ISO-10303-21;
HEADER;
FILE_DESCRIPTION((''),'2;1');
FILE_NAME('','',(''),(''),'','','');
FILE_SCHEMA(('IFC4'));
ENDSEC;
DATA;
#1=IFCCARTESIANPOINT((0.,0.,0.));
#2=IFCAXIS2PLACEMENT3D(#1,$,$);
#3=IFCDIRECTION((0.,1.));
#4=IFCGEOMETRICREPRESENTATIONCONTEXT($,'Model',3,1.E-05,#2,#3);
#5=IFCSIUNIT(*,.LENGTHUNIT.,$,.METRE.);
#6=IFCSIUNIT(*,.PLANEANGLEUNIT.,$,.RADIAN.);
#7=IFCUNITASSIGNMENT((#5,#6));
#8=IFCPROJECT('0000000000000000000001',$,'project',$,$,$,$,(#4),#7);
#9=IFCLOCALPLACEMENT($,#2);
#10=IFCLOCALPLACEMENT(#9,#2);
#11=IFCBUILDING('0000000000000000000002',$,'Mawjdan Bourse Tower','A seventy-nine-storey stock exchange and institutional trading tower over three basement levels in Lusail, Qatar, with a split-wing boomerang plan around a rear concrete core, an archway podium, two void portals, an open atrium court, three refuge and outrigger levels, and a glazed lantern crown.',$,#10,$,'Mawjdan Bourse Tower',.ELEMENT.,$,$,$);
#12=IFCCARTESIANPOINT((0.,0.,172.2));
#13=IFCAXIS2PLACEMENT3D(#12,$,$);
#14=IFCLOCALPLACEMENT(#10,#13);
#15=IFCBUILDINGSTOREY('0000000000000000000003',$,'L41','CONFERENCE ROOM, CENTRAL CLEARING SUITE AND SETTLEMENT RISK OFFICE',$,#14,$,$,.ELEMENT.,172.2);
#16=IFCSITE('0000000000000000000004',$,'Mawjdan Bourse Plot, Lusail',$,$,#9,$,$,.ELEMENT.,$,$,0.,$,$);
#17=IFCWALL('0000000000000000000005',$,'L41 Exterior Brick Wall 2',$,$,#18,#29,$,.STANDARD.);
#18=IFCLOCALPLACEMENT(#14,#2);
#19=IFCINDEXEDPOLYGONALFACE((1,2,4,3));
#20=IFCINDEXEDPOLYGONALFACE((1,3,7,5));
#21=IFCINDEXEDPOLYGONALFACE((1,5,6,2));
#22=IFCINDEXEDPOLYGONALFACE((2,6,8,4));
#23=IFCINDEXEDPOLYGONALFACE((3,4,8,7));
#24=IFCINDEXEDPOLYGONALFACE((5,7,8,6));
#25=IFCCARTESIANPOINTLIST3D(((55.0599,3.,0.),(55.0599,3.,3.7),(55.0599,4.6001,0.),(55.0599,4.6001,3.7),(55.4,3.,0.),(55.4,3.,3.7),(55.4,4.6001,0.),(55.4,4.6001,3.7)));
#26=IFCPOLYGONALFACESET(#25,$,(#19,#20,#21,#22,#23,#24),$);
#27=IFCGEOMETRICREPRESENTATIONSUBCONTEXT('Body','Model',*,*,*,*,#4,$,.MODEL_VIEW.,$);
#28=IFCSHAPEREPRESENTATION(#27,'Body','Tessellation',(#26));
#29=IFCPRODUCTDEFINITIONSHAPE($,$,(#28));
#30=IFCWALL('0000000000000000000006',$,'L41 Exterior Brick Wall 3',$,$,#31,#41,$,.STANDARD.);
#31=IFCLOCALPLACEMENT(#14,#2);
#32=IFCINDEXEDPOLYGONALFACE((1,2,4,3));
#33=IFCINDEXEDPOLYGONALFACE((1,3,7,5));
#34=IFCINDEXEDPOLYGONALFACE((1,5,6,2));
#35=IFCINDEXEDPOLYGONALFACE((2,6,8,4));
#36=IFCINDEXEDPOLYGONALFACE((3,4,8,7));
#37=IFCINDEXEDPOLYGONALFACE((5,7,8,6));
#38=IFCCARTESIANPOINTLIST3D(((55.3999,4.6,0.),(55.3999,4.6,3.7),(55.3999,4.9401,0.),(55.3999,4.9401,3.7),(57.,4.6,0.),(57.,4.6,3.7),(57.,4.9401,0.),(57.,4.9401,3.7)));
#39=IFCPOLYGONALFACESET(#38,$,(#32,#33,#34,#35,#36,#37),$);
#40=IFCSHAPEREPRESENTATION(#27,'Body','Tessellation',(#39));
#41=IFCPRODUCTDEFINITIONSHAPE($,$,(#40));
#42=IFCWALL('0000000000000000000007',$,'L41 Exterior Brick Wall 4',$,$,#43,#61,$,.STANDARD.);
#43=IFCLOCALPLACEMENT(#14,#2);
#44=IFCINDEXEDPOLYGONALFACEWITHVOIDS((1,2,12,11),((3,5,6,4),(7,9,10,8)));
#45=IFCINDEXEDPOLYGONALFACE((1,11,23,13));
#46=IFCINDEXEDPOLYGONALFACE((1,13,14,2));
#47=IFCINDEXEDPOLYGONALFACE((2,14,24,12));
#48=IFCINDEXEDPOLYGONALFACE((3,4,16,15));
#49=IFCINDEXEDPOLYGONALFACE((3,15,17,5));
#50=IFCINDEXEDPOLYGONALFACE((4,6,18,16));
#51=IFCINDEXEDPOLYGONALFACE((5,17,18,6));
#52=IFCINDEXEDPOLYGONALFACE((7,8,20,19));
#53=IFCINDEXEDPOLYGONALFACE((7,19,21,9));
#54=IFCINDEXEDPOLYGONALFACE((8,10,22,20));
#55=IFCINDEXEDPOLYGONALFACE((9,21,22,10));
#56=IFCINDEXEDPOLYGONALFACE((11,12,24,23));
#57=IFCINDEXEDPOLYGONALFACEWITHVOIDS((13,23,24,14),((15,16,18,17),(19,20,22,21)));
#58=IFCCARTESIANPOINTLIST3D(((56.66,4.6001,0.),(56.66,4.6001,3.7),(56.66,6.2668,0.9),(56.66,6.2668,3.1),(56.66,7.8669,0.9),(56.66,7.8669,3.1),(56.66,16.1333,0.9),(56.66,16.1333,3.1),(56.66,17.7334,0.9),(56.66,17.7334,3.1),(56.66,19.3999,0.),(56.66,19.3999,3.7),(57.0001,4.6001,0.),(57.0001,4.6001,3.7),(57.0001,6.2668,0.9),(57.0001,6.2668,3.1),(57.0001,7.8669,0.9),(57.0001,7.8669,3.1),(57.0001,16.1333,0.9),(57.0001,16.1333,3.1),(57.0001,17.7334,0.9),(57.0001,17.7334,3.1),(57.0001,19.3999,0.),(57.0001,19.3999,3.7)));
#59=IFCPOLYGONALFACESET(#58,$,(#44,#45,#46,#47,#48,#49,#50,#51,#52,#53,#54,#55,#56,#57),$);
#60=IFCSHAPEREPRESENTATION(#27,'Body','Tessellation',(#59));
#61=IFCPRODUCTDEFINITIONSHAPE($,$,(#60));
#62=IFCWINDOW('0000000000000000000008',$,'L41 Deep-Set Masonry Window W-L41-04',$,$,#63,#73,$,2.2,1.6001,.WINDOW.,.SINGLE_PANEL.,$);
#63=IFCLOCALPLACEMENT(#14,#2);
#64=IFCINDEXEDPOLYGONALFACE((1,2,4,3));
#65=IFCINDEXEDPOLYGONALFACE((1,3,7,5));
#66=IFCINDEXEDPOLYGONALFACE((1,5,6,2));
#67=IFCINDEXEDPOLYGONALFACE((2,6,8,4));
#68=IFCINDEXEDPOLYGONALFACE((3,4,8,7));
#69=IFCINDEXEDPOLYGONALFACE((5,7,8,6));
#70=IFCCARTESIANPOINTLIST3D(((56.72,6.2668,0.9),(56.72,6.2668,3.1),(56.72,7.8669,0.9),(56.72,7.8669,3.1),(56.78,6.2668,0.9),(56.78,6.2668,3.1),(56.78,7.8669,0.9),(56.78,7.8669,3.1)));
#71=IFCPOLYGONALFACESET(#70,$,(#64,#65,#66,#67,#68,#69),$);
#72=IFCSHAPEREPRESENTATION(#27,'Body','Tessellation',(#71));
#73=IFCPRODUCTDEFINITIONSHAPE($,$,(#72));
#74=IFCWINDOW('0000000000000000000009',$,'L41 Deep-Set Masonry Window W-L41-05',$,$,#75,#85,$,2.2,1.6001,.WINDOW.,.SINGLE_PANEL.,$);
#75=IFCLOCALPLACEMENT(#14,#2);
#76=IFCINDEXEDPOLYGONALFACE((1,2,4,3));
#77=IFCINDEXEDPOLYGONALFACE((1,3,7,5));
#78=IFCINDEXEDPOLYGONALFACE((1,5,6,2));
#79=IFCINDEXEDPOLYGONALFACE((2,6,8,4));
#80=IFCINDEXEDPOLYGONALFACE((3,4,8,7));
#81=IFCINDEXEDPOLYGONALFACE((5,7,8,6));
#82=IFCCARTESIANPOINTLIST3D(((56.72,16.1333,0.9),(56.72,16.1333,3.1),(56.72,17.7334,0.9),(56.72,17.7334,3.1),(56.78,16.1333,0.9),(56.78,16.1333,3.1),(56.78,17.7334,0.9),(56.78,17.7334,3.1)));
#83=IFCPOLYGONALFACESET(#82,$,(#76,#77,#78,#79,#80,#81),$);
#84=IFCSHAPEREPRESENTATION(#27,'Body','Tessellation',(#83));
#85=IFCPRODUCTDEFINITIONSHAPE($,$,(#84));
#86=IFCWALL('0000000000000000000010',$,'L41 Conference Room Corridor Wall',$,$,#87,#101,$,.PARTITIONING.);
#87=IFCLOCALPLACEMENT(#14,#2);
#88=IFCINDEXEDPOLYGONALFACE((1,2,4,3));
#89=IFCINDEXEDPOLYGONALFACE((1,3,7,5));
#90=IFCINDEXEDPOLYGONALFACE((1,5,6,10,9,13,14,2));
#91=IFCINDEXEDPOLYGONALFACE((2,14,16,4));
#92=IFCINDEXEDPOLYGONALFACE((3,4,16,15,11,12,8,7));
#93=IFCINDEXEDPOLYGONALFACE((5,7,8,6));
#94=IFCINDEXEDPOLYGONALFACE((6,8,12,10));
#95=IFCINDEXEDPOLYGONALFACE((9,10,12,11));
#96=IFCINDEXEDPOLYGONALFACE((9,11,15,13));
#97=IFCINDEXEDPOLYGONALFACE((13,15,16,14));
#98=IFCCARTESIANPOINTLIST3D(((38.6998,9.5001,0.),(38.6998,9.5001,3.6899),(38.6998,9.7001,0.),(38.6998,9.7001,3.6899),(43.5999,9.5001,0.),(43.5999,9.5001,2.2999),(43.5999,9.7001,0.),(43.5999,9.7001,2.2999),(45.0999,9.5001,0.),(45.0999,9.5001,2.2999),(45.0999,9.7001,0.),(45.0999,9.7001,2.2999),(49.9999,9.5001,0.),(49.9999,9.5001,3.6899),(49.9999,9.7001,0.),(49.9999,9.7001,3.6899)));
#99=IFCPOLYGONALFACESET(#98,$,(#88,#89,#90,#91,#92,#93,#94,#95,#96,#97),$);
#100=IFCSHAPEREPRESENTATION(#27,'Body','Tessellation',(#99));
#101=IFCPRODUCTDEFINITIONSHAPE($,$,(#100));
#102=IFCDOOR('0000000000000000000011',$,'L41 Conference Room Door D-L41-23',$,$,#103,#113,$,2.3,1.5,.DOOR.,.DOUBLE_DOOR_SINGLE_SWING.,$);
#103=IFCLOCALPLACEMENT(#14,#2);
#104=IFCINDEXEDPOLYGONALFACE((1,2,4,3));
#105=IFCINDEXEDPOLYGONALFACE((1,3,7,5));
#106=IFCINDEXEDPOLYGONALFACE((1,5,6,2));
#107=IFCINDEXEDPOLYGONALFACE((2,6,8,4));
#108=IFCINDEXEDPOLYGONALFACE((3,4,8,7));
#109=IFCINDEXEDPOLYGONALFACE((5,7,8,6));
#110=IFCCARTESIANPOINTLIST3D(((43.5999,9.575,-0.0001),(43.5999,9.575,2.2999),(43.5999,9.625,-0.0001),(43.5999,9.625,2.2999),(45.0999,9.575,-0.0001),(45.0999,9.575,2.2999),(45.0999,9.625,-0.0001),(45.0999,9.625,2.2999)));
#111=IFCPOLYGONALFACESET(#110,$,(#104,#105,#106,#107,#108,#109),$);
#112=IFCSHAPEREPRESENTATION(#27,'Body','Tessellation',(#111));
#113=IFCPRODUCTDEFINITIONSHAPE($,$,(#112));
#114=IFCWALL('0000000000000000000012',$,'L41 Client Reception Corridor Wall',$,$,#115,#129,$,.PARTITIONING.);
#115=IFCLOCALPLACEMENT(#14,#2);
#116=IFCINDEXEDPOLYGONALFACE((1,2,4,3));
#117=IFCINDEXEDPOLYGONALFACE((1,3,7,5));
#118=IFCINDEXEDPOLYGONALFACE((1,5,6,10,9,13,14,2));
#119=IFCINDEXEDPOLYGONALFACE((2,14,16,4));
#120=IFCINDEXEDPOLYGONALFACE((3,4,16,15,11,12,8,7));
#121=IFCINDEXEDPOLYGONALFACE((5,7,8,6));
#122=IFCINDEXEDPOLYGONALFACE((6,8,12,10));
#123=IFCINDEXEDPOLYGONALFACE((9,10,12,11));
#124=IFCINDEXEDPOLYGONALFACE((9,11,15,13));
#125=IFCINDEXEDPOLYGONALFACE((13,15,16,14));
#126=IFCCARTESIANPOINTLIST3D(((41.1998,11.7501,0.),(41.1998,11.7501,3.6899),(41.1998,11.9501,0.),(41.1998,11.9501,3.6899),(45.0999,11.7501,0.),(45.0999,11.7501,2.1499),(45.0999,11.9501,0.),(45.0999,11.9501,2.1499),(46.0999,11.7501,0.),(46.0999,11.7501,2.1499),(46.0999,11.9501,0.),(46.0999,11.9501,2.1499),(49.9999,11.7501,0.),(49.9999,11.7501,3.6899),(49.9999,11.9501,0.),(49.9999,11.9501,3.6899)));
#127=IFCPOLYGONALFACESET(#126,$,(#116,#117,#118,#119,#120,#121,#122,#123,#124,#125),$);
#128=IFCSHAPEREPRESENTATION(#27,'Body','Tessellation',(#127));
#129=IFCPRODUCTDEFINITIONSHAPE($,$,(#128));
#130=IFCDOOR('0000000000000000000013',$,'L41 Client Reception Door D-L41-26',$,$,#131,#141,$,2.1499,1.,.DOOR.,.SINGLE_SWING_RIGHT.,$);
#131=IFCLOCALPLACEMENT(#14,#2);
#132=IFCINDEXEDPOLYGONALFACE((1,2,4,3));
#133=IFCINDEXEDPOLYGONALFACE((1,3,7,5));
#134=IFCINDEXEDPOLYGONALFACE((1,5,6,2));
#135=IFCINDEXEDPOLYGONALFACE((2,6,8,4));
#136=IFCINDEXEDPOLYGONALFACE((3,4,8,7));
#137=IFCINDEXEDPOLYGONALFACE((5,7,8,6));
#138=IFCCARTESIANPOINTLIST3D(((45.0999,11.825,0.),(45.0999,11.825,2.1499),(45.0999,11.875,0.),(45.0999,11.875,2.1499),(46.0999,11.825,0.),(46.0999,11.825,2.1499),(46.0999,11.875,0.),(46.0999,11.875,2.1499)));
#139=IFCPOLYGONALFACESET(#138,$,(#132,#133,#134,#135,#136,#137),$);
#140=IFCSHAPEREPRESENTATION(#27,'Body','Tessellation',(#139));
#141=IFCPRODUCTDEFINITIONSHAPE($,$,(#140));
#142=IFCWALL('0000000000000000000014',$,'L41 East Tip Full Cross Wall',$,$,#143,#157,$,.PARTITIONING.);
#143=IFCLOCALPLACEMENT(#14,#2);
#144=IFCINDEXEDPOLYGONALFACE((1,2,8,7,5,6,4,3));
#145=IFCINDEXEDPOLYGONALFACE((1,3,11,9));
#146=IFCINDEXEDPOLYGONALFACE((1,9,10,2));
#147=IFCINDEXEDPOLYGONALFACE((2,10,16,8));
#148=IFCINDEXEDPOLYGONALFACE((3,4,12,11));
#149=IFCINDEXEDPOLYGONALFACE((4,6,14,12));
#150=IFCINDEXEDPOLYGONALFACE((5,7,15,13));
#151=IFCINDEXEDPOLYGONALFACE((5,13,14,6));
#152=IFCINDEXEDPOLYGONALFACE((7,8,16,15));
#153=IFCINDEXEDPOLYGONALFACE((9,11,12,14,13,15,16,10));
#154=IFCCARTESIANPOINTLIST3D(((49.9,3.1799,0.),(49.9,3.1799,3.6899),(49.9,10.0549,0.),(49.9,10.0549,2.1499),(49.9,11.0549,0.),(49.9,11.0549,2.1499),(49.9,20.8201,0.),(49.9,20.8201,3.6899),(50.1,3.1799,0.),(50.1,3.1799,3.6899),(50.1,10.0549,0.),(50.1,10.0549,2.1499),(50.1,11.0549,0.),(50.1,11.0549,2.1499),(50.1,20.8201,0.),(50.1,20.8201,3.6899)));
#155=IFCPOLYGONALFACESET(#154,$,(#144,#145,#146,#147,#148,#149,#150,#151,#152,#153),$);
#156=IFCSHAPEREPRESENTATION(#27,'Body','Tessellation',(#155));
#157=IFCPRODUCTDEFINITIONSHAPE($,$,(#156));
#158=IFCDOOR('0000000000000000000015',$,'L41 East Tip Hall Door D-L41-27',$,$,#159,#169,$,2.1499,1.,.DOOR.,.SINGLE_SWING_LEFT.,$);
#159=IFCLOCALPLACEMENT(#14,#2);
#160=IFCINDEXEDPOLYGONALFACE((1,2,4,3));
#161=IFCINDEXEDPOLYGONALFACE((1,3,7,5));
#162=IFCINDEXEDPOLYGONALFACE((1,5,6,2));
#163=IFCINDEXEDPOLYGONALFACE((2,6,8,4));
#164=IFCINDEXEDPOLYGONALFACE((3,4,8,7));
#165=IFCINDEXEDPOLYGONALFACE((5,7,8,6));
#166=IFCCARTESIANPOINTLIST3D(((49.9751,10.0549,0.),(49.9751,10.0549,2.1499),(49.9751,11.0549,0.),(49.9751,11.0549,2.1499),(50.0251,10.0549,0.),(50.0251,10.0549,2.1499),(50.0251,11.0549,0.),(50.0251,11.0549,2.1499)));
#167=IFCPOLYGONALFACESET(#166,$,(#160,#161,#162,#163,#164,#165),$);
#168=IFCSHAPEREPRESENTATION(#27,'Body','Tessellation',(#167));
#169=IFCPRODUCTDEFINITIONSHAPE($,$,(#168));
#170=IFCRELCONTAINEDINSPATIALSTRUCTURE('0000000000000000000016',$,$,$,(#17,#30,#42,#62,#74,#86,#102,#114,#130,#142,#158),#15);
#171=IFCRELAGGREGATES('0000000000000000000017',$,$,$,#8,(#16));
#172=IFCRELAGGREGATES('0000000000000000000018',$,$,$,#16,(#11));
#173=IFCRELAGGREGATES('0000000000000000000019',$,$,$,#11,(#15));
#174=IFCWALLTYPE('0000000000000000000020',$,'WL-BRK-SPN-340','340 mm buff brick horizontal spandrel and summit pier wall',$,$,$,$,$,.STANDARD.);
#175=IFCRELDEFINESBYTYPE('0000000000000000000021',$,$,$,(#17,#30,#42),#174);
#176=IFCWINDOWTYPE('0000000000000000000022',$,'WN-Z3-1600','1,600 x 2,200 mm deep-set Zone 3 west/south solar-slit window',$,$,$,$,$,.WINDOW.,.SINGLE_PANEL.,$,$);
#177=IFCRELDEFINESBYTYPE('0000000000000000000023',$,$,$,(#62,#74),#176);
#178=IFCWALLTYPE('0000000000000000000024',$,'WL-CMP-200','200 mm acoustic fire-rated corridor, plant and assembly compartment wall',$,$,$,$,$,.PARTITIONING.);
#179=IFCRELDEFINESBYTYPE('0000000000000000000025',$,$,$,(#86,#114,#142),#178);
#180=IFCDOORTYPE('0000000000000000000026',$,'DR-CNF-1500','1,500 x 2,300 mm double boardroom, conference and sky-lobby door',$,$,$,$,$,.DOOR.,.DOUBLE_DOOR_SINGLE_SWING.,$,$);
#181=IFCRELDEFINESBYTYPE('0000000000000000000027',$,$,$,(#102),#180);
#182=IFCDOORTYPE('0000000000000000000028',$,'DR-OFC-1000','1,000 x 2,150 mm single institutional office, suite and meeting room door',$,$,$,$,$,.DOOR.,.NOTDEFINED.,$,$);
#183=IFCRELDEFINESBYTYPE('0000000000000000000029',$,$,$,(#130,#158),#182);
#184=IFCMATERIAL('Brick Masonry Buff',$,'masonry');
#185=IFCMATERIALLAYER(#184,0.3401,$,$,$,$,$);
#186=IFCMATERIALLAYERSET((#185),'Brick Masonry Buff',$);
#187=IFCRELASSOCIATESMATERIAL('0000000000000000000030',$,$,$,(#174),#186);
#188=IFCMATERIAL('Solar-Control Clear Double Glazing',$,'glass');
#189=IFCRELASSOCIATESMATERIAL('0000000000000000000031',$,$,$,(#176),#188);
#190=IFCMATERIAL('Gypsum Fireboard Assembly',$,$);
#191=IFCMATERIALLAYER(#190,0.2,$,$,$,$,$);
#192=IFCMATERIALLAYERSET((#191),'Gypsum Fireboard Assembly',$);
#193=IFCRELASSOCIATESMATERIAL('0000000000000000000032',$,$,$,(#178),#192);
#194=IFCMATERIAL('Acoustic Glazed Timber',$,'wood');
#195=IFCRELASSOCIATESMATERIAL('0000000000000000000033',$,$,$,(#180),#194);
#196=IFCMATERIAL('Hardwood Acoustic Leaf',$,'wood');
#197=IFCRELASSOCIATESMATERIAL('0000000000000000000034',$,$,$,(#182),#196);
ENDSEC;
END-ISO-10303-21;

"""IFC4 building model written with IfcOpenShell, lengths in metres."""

from ifc_helpers import new_model, si_unit, direction, frame, frame_2d, origin, place, context, subcontext, project, spatial, rectangle, extrude, material, layer, layer_set, type_object, element, fill, save


model = new_model("IFC4")

# Units and contexts
model_context = context("Model", 3, precision=1e-05, world=origin(), true_north=direction((0.0, 1.0)))
body_context = subcontext(model_context, "Body", "Model", "MODEL_VIEW")
ifc_project = project(units=[si_unit("LENGTHUNIT", "METRE"), si_unit("PLANEANGLEUNIT", "RADIAN")], contexts=[model_context])

# Site, building, storey
site_placement = place(None, origin())
site = spatial("IfcSite", under=ifc_project, at=site_placement, Name="Mawjdan Bourse Plot, Lusail", CompositionType="ELEMENT", RefElevation=0.0)
building_placement = place(site_placement, origin())
building = spatial("IfcBuilding", under=site, at=building_placement, Name="Mawjdan Bourse Tower", Description="A seventy-nine-storey stock exchange and institutional trading tower over three basement levels in Lusail, Qatar, with a split-wing boomerang plan around a rear concrete core, an archway podium, two void portals, an open atrium court, three refuge and outrigger levels, and a glazed lantern crown.", LongName="Mawjdan Bourse Tower", CompositionType="ELEMENT")
storey_placement = place(building_placement, frame((0.0, 0.0, 172.2)))
storey = spatial("IfcBuildingStorey", under=building, at=storey_placement, Name="L41", Description="CONFERENCE ROOM, CENTRAL CLEARING SUITE AND SETTLEMENT RISK OFFICE", CompositionType="ELEMENT", Elevation=172.2)

# Walls
ifc_material_1 = material(Name="Brick Masonry Buff", Category="masonry")
ifc_layer_1 = layer(ifc_material_1, 0.3401)
ifc_layer_set_1 = layer_set([ifc_layer_1], Name="Brick Masonry Buff")
wall_type_1 = type_object("IfcWallType", Name="WL-BRK-SPN-340", Description="340 mm buff brick horizontal spandrel and summit pier wall", PredefinedType="STANDARD", material=ifc_layer_set_1)
for number, where, z_axis, x_axis, name in (
    (1, (55.23, 3.0, 0.0), (0.0, 0.0, 1.0), (0.0, 1.0, 0.0), "L41 Exterior Brick Wall 2"),
    (2, (55.3999, 4.77, 0.0), (0.0, 0.0, 1.0), (1.0, 0.0, 0.0), "L41 Exterior Brick Wall 3"),
):
    element("IfcWall", number, at=place(storey_placement, frame(where, z_axis=z_axis, x_axis=x_axis)), inside=storey, type_object=wall_type_1, Name=name, PredefinedType="STANDARD", context=body_context, shape_type="SweptSolid", body=[
        extrude(rectangle(XDim=1.6001, YDim=0.3401, at=frame_2d((0.8, 0.0))), origin(), (0.0, 0.0, 1.0), 3.7),
    ])

# Wall, openings, windows
wall_1_placement = place(storey_placement, frame((56.8301, 4.6001, 0.0), z_axis=(0.0, 0.0, 1.0), x_axis=(0.0, 1.0, 0.0)))
wall_1 = element("IfcWall", 3, at=wall_1_placement, inside=storey, type_object=wall_type_1, Name="L41 Exterior Brick Wall 4", PredefinedType="STANDARD", context=body_context, shape_type="SweptSolid", body=[
    extrude(rectangle(XDim=14.7998, YDim=0.3401, at=frame_2d((7.3999, 0.0))), origin(), (0.0, 0.0, 1.0), 3.7),
])
opening_1_placement = place(wall_1_placement, frame((1.6667, 0.0, 0.8999)))
opening_1 = element("IfcOpeningElement", 4, at=opening_1_placement, cuts=wall_1, PredefinedType="OPENING", context=body_context, shape_type="SweptSolid", body=[
    extrude(rectangle(XDim=1.6001, YDim=2.2, at=frame_2d((0.8, 1.1001))), frame((0.0, 0.1802, 0.0), z_axis=(0.0, -1.0, 0.0), x_axis=(1.0, 0.0, 0.0)), (0.0, 0.0, 1.0), 0.3601),
])
opening_2_placement = place(wall_1_placement, frame((11.5332, 0.0, 0.8999)))
opening_2 = element("IfcOpeningElement", 5, at=opening_2_placement, cuts=wall_1, PredefinedType="OPENING", context=body_context, shape_type="SweptSolid", body=[
    extrude(rectangle(XDim=1.6001, YDim=2.2, at=frame_2d((0.8, 1.1001))), frame((0.0, 0.1802, 0.0), z_axis=(0.0, -1.0, 0.0), x_axis=(1.0, 0.0, 0.0)), (0.0, 0.0, 1.0), 0.3601),
])
ifc_material_2 = material(Name="Solar-Control Clear Double Glazing", Category="glass")
window_type = type_object("IfcWindowType", Name="WN-Z3-1600", Description="1,600 x 2,200 mm deep-set Zone 3 west/south solar-slit window", PartitioningType="SINGLE_PANEL", PredefinedType="WINDOW", material=ifc_material_2)
window_1_placement = place(opening_1_placement, origin())
window_1 = element("IfcWindow", 6, at=window_1_placement, inside=storey, type_object=window_type, Name="L41 Deep-Set Masonry Window W-L41-04", OverallHeight=2.2, OverallWidth=1.6001, PartitioningType="SINGLE_PANEL", PredefinedType="WINDOW", context=body_context, shape_type="SweptSolid", body=[
    extrude(rectangle(XDim=1.6001, YDim=2.2, at=frame_2d((0.8, 1.1001))), frame((0.0, 0.1101, 0.0), z_axis=(0.0, -1.0, 0.0), x_axis=(1.0, 0.0, 0.0)), (0.0, 0.0, 1.0), 0.0601),
])
fill(opening_1, window_1)
window_2_placement = place(opening_2_placement, origin())
window_2 = element("IfcWindow", 7, at=window_2_placement, inside=storey, type_object=window_type, Name="L41 Deep-Set Masonry Window W-L41-05", OverallHeight=2.2, OverallWidth=1.6001, PartitioningType="SINGLE_PANEL", PredefinedType="WINDOW", context=body_context, shape_type="SweptSolid", body=[
    extrude(rectangle(XDim=1.6001, YDim=2.2, at=frame_2d((0.8, 1.1001))), frame((0.0, 0.1101, 0.0), z_axis=(0.0, -1.0, 0.0), x_axis=(1.0, 0.0, 0.0)), (0.0, 0.0, 1.0), 0.0601),
])
fill(opening_2, window_2)

# Walls, openings, doors
ifc_material_3 = material(Name="Gypsum Fireboard Assembly")
ifc_layer_2 = layer(ifc_material_3, 0.2)
ifc_layer_set_2 = layer_set([ifc_layer_2], Name="Gypsum Fireboard Assembly")
wall_type_2 = type_object("IfcWallType", Name="WL-CMP-200", Description="200 mm acoustic fire-rated corridor, plant and assembly compartment wall", PredefinedType="PARTITIONING", material=ifc_layer_set_2)
wall_2_placement = place(storey_placement, frame((38.7, 9.6001, 0.0), z_axis=(0.0, 0.0, 1.0), x_axis=(1.0, 0.0, 0.0)))
wall_2 = element("IfcWall", 8, at=wall_2_placement, inside=storey, type_object=wall_type_2, Name="L41 Conference Room Corridor Wall", PredefinedType="PARTITIONING", context=body_context, shape_type="SweptSolid", body=[
    extrude(rectangle(XDim=11.3, YDim=0.2, at=frame_2d((5.6499, 0.0))), origin(), (0.0, 0.0, 1.0), 3.6899),
])
opening_3_placement = place(wall_2_placement, frame((4.8999, 0.0, 0.0)))
opening_3 = element("IfcOpeningElement", 9, at=opening_3_placement, cuts=wall_2, PredefinedType="OPENING", context=body_context, shape_type="SweptSolid", body=[
    extrude(rectangle(XDim=1.5, YDim=2.3, at=frame_2d((0.75, 1.1499))), frame((0.0, 0.1099, 0.0), z_axis=(0.0, -1.0, 0.0), x_axis=(1.0, 0.0, 0.0)), (0.0, 0.0, 1.0), 0.22),
])
ifc_material_4 = material(Name="Acoustic Glazed Timber", Category="wood")
door_type_1 = type_object("IfcDoorType", Name="DR-CNF-1500", Description="1,500 x 2,300 mm double boardroom, conference and sky-lobby door", OperationType="DOUBLE_DOOR_SINGLE_SWING", PredefinedType="DOOR", material=ifc_material_4)
door_1_placement = place(opening_3_placement, origin())
door_1 = element("IfcDoor", 10, at=door_1_placement, inside=storey, type_object=door_type_1, Name="L41 Conference Room Door D-L41-23", OperationType="DOUBLE_DOOR_SINGLE_SWING", OverallHeight=2.3, OverallWidth=1.5, PredefinedType="DOOR", context=body_context, shape_type="SweptSolid", body=[
    extrude(rectangle(XDim=1.5, YDim=2.3, at=frame_2d((0.75, 1.1499))), frame((0.0, 0.0249, 0.0), z_axis=(0.0, -1.0, 0.0), x_axis=(1.0, 0.0, 0.0)), (0.0, 0.0, 1.0), 0.05),
])
fill(opening_3, door_1)
wall_3_placement = place(storey_placement, frame((41.2, 11.8501, 0.0), z_axis=(0.0, 0.0, 1.0), x_axis=(1.0, 0.0, 0.0)))
wall_3 = element("IfcWall", 11, at=wall_3_placement, inside=storey, type_object=wall_type_2, Name="L41 Client Reception Corridor Wall", PredefinedType="PARTITIONING", context=body_context, shape_type="SweptSolid", body=[
    extrude(rectangle(XDim=8.8, YDim=0.2, at=frame_2d((4.3999, 0.0))), origin(), (0.0, 0.0, 1.0), 3.6899),
])
opening_4_placement = place(wall_3_placement, frame((3.8999, 0.0, 0.0)))
opening_4 = element("IfcOpeningElement", 12, at=opening_4_placement, cuts=wall_3, PredefinedType="OPENING", context=body_context, shape_type="SweptSolid", body=[
    extrude(rectangle(XDim=1.0, YDim=2.1499, at=frame_2d((0.5, 1.075))), frame((0.0, 0.1099, 0.0), z_axis=(0.0, -1.0, 0.0), x_axis=(1.0, 0.0, 0.0)), (0.0, 0.0, 1.0), 0.22),
])
ifc_material_5 = material(Name="Hardwood Acoustic Leaf", Category="wood")
door_type_2 = type_object("IfcDoorType", Name="DR-OFC-1000", Description="1,000 x 2,150 mm single institutional office, suite and meeting room door", OperationType="NOTDEFINED", PredefinedType="DOOR", material=ifc_material_5)
door_2_placement = place(opening_4_placement, origin())
door_2 = element("IfcDoor", 13, at=door_2_placement, inside=storey, type_object=door_type_2, Name="L41 Client Reception Door D-L41-26", OperationType="SINGLE_SWING_RIGHT", OverallHeight=2.1499, OverallWidth=1.0, PredefinedType="DOOR", context=body_context, shape_type="SweptSolid", body=[
    extrude(rectangle(XDim=1.0, YDim=2.1499, at=frame_2d((0.5, 1.075))), frame((0.0, 0.0249, 0.0), z_axis=(0.0, -1.0, 0.0), x_axis=(1.0, 0.0, 0.0)), (0.0, 0.0, 1.0), 0.05),
])
fill(opening_4, door_2)
wall_4_placement = place(storey_placement, frame((50.0, 3.1799, 0.0), z_axis=(0.0, 0.0, 1.0), x_axis=(0.0, 1.0, 0.0)))
wall_4 = element("IfcWall", 14, at=wall_4_placement, inside=storey, type_object=wall_type_2, Name="L41 East Tip Full Cross Wall", PredefinedType="PARTITIONING", context=body_context, shape_type="SweptSolid", body=[
    extrude(rectangle(XDim=17.6401, YDim=0.2, at=frame_2d((8.8201, 0.0))), origin(), (0.0, 0.0, 1.0), 3.6899),
])
opening_5_placement = place(wall_4_placement, frame((6.875, 0.0, 0.0)))
opening_5 = element("IfcOpeningElement", 15, at=opening_5_placement, cuts=wall_4, PredefinedType="OPENING", context=body_context, shape_type="SweptSolid", body=[
    extrude(rectangle(XDim=1.0, YDim=2.1499, at=frame_2d((0.5, 1.075))), frame((0.0, 0.1099, 0.0), z_axis=(0.0, -1.0, 0.0), x_axis=(1.0, 0.0, 0.0)), (0.0, 0.0, 1.0), 0.22),
])
door_3_placement = place(opening_5_placement, origin())
door_3 = element("IfcDoor", 16, at=door_3_placement, inside=storey, type_object=door_type_2, Name="L41 East Tip Hall Door D-L41-27", OperationType="SINGLE_SWING_LEFT", OverallHeight=2.1499, OverallWidth=1.0, PredefinedType="DOOR", context=body_context, shape_type="SweptSolid", body=[
    extrude(rectangle(XDim=1.0, YDim=2.1499, at=frame_2d((0.5, 1.075))), frame((0.0, 0.0249, 0.0), z_axis=(0.0, -1.0, 0.0), x_axis=(1.0, 0.0, 0.0)), (0.0, 0.0, 1.0), 0.05),
])
fill(opening_5, door_3)

save(model, "model.ifc")
